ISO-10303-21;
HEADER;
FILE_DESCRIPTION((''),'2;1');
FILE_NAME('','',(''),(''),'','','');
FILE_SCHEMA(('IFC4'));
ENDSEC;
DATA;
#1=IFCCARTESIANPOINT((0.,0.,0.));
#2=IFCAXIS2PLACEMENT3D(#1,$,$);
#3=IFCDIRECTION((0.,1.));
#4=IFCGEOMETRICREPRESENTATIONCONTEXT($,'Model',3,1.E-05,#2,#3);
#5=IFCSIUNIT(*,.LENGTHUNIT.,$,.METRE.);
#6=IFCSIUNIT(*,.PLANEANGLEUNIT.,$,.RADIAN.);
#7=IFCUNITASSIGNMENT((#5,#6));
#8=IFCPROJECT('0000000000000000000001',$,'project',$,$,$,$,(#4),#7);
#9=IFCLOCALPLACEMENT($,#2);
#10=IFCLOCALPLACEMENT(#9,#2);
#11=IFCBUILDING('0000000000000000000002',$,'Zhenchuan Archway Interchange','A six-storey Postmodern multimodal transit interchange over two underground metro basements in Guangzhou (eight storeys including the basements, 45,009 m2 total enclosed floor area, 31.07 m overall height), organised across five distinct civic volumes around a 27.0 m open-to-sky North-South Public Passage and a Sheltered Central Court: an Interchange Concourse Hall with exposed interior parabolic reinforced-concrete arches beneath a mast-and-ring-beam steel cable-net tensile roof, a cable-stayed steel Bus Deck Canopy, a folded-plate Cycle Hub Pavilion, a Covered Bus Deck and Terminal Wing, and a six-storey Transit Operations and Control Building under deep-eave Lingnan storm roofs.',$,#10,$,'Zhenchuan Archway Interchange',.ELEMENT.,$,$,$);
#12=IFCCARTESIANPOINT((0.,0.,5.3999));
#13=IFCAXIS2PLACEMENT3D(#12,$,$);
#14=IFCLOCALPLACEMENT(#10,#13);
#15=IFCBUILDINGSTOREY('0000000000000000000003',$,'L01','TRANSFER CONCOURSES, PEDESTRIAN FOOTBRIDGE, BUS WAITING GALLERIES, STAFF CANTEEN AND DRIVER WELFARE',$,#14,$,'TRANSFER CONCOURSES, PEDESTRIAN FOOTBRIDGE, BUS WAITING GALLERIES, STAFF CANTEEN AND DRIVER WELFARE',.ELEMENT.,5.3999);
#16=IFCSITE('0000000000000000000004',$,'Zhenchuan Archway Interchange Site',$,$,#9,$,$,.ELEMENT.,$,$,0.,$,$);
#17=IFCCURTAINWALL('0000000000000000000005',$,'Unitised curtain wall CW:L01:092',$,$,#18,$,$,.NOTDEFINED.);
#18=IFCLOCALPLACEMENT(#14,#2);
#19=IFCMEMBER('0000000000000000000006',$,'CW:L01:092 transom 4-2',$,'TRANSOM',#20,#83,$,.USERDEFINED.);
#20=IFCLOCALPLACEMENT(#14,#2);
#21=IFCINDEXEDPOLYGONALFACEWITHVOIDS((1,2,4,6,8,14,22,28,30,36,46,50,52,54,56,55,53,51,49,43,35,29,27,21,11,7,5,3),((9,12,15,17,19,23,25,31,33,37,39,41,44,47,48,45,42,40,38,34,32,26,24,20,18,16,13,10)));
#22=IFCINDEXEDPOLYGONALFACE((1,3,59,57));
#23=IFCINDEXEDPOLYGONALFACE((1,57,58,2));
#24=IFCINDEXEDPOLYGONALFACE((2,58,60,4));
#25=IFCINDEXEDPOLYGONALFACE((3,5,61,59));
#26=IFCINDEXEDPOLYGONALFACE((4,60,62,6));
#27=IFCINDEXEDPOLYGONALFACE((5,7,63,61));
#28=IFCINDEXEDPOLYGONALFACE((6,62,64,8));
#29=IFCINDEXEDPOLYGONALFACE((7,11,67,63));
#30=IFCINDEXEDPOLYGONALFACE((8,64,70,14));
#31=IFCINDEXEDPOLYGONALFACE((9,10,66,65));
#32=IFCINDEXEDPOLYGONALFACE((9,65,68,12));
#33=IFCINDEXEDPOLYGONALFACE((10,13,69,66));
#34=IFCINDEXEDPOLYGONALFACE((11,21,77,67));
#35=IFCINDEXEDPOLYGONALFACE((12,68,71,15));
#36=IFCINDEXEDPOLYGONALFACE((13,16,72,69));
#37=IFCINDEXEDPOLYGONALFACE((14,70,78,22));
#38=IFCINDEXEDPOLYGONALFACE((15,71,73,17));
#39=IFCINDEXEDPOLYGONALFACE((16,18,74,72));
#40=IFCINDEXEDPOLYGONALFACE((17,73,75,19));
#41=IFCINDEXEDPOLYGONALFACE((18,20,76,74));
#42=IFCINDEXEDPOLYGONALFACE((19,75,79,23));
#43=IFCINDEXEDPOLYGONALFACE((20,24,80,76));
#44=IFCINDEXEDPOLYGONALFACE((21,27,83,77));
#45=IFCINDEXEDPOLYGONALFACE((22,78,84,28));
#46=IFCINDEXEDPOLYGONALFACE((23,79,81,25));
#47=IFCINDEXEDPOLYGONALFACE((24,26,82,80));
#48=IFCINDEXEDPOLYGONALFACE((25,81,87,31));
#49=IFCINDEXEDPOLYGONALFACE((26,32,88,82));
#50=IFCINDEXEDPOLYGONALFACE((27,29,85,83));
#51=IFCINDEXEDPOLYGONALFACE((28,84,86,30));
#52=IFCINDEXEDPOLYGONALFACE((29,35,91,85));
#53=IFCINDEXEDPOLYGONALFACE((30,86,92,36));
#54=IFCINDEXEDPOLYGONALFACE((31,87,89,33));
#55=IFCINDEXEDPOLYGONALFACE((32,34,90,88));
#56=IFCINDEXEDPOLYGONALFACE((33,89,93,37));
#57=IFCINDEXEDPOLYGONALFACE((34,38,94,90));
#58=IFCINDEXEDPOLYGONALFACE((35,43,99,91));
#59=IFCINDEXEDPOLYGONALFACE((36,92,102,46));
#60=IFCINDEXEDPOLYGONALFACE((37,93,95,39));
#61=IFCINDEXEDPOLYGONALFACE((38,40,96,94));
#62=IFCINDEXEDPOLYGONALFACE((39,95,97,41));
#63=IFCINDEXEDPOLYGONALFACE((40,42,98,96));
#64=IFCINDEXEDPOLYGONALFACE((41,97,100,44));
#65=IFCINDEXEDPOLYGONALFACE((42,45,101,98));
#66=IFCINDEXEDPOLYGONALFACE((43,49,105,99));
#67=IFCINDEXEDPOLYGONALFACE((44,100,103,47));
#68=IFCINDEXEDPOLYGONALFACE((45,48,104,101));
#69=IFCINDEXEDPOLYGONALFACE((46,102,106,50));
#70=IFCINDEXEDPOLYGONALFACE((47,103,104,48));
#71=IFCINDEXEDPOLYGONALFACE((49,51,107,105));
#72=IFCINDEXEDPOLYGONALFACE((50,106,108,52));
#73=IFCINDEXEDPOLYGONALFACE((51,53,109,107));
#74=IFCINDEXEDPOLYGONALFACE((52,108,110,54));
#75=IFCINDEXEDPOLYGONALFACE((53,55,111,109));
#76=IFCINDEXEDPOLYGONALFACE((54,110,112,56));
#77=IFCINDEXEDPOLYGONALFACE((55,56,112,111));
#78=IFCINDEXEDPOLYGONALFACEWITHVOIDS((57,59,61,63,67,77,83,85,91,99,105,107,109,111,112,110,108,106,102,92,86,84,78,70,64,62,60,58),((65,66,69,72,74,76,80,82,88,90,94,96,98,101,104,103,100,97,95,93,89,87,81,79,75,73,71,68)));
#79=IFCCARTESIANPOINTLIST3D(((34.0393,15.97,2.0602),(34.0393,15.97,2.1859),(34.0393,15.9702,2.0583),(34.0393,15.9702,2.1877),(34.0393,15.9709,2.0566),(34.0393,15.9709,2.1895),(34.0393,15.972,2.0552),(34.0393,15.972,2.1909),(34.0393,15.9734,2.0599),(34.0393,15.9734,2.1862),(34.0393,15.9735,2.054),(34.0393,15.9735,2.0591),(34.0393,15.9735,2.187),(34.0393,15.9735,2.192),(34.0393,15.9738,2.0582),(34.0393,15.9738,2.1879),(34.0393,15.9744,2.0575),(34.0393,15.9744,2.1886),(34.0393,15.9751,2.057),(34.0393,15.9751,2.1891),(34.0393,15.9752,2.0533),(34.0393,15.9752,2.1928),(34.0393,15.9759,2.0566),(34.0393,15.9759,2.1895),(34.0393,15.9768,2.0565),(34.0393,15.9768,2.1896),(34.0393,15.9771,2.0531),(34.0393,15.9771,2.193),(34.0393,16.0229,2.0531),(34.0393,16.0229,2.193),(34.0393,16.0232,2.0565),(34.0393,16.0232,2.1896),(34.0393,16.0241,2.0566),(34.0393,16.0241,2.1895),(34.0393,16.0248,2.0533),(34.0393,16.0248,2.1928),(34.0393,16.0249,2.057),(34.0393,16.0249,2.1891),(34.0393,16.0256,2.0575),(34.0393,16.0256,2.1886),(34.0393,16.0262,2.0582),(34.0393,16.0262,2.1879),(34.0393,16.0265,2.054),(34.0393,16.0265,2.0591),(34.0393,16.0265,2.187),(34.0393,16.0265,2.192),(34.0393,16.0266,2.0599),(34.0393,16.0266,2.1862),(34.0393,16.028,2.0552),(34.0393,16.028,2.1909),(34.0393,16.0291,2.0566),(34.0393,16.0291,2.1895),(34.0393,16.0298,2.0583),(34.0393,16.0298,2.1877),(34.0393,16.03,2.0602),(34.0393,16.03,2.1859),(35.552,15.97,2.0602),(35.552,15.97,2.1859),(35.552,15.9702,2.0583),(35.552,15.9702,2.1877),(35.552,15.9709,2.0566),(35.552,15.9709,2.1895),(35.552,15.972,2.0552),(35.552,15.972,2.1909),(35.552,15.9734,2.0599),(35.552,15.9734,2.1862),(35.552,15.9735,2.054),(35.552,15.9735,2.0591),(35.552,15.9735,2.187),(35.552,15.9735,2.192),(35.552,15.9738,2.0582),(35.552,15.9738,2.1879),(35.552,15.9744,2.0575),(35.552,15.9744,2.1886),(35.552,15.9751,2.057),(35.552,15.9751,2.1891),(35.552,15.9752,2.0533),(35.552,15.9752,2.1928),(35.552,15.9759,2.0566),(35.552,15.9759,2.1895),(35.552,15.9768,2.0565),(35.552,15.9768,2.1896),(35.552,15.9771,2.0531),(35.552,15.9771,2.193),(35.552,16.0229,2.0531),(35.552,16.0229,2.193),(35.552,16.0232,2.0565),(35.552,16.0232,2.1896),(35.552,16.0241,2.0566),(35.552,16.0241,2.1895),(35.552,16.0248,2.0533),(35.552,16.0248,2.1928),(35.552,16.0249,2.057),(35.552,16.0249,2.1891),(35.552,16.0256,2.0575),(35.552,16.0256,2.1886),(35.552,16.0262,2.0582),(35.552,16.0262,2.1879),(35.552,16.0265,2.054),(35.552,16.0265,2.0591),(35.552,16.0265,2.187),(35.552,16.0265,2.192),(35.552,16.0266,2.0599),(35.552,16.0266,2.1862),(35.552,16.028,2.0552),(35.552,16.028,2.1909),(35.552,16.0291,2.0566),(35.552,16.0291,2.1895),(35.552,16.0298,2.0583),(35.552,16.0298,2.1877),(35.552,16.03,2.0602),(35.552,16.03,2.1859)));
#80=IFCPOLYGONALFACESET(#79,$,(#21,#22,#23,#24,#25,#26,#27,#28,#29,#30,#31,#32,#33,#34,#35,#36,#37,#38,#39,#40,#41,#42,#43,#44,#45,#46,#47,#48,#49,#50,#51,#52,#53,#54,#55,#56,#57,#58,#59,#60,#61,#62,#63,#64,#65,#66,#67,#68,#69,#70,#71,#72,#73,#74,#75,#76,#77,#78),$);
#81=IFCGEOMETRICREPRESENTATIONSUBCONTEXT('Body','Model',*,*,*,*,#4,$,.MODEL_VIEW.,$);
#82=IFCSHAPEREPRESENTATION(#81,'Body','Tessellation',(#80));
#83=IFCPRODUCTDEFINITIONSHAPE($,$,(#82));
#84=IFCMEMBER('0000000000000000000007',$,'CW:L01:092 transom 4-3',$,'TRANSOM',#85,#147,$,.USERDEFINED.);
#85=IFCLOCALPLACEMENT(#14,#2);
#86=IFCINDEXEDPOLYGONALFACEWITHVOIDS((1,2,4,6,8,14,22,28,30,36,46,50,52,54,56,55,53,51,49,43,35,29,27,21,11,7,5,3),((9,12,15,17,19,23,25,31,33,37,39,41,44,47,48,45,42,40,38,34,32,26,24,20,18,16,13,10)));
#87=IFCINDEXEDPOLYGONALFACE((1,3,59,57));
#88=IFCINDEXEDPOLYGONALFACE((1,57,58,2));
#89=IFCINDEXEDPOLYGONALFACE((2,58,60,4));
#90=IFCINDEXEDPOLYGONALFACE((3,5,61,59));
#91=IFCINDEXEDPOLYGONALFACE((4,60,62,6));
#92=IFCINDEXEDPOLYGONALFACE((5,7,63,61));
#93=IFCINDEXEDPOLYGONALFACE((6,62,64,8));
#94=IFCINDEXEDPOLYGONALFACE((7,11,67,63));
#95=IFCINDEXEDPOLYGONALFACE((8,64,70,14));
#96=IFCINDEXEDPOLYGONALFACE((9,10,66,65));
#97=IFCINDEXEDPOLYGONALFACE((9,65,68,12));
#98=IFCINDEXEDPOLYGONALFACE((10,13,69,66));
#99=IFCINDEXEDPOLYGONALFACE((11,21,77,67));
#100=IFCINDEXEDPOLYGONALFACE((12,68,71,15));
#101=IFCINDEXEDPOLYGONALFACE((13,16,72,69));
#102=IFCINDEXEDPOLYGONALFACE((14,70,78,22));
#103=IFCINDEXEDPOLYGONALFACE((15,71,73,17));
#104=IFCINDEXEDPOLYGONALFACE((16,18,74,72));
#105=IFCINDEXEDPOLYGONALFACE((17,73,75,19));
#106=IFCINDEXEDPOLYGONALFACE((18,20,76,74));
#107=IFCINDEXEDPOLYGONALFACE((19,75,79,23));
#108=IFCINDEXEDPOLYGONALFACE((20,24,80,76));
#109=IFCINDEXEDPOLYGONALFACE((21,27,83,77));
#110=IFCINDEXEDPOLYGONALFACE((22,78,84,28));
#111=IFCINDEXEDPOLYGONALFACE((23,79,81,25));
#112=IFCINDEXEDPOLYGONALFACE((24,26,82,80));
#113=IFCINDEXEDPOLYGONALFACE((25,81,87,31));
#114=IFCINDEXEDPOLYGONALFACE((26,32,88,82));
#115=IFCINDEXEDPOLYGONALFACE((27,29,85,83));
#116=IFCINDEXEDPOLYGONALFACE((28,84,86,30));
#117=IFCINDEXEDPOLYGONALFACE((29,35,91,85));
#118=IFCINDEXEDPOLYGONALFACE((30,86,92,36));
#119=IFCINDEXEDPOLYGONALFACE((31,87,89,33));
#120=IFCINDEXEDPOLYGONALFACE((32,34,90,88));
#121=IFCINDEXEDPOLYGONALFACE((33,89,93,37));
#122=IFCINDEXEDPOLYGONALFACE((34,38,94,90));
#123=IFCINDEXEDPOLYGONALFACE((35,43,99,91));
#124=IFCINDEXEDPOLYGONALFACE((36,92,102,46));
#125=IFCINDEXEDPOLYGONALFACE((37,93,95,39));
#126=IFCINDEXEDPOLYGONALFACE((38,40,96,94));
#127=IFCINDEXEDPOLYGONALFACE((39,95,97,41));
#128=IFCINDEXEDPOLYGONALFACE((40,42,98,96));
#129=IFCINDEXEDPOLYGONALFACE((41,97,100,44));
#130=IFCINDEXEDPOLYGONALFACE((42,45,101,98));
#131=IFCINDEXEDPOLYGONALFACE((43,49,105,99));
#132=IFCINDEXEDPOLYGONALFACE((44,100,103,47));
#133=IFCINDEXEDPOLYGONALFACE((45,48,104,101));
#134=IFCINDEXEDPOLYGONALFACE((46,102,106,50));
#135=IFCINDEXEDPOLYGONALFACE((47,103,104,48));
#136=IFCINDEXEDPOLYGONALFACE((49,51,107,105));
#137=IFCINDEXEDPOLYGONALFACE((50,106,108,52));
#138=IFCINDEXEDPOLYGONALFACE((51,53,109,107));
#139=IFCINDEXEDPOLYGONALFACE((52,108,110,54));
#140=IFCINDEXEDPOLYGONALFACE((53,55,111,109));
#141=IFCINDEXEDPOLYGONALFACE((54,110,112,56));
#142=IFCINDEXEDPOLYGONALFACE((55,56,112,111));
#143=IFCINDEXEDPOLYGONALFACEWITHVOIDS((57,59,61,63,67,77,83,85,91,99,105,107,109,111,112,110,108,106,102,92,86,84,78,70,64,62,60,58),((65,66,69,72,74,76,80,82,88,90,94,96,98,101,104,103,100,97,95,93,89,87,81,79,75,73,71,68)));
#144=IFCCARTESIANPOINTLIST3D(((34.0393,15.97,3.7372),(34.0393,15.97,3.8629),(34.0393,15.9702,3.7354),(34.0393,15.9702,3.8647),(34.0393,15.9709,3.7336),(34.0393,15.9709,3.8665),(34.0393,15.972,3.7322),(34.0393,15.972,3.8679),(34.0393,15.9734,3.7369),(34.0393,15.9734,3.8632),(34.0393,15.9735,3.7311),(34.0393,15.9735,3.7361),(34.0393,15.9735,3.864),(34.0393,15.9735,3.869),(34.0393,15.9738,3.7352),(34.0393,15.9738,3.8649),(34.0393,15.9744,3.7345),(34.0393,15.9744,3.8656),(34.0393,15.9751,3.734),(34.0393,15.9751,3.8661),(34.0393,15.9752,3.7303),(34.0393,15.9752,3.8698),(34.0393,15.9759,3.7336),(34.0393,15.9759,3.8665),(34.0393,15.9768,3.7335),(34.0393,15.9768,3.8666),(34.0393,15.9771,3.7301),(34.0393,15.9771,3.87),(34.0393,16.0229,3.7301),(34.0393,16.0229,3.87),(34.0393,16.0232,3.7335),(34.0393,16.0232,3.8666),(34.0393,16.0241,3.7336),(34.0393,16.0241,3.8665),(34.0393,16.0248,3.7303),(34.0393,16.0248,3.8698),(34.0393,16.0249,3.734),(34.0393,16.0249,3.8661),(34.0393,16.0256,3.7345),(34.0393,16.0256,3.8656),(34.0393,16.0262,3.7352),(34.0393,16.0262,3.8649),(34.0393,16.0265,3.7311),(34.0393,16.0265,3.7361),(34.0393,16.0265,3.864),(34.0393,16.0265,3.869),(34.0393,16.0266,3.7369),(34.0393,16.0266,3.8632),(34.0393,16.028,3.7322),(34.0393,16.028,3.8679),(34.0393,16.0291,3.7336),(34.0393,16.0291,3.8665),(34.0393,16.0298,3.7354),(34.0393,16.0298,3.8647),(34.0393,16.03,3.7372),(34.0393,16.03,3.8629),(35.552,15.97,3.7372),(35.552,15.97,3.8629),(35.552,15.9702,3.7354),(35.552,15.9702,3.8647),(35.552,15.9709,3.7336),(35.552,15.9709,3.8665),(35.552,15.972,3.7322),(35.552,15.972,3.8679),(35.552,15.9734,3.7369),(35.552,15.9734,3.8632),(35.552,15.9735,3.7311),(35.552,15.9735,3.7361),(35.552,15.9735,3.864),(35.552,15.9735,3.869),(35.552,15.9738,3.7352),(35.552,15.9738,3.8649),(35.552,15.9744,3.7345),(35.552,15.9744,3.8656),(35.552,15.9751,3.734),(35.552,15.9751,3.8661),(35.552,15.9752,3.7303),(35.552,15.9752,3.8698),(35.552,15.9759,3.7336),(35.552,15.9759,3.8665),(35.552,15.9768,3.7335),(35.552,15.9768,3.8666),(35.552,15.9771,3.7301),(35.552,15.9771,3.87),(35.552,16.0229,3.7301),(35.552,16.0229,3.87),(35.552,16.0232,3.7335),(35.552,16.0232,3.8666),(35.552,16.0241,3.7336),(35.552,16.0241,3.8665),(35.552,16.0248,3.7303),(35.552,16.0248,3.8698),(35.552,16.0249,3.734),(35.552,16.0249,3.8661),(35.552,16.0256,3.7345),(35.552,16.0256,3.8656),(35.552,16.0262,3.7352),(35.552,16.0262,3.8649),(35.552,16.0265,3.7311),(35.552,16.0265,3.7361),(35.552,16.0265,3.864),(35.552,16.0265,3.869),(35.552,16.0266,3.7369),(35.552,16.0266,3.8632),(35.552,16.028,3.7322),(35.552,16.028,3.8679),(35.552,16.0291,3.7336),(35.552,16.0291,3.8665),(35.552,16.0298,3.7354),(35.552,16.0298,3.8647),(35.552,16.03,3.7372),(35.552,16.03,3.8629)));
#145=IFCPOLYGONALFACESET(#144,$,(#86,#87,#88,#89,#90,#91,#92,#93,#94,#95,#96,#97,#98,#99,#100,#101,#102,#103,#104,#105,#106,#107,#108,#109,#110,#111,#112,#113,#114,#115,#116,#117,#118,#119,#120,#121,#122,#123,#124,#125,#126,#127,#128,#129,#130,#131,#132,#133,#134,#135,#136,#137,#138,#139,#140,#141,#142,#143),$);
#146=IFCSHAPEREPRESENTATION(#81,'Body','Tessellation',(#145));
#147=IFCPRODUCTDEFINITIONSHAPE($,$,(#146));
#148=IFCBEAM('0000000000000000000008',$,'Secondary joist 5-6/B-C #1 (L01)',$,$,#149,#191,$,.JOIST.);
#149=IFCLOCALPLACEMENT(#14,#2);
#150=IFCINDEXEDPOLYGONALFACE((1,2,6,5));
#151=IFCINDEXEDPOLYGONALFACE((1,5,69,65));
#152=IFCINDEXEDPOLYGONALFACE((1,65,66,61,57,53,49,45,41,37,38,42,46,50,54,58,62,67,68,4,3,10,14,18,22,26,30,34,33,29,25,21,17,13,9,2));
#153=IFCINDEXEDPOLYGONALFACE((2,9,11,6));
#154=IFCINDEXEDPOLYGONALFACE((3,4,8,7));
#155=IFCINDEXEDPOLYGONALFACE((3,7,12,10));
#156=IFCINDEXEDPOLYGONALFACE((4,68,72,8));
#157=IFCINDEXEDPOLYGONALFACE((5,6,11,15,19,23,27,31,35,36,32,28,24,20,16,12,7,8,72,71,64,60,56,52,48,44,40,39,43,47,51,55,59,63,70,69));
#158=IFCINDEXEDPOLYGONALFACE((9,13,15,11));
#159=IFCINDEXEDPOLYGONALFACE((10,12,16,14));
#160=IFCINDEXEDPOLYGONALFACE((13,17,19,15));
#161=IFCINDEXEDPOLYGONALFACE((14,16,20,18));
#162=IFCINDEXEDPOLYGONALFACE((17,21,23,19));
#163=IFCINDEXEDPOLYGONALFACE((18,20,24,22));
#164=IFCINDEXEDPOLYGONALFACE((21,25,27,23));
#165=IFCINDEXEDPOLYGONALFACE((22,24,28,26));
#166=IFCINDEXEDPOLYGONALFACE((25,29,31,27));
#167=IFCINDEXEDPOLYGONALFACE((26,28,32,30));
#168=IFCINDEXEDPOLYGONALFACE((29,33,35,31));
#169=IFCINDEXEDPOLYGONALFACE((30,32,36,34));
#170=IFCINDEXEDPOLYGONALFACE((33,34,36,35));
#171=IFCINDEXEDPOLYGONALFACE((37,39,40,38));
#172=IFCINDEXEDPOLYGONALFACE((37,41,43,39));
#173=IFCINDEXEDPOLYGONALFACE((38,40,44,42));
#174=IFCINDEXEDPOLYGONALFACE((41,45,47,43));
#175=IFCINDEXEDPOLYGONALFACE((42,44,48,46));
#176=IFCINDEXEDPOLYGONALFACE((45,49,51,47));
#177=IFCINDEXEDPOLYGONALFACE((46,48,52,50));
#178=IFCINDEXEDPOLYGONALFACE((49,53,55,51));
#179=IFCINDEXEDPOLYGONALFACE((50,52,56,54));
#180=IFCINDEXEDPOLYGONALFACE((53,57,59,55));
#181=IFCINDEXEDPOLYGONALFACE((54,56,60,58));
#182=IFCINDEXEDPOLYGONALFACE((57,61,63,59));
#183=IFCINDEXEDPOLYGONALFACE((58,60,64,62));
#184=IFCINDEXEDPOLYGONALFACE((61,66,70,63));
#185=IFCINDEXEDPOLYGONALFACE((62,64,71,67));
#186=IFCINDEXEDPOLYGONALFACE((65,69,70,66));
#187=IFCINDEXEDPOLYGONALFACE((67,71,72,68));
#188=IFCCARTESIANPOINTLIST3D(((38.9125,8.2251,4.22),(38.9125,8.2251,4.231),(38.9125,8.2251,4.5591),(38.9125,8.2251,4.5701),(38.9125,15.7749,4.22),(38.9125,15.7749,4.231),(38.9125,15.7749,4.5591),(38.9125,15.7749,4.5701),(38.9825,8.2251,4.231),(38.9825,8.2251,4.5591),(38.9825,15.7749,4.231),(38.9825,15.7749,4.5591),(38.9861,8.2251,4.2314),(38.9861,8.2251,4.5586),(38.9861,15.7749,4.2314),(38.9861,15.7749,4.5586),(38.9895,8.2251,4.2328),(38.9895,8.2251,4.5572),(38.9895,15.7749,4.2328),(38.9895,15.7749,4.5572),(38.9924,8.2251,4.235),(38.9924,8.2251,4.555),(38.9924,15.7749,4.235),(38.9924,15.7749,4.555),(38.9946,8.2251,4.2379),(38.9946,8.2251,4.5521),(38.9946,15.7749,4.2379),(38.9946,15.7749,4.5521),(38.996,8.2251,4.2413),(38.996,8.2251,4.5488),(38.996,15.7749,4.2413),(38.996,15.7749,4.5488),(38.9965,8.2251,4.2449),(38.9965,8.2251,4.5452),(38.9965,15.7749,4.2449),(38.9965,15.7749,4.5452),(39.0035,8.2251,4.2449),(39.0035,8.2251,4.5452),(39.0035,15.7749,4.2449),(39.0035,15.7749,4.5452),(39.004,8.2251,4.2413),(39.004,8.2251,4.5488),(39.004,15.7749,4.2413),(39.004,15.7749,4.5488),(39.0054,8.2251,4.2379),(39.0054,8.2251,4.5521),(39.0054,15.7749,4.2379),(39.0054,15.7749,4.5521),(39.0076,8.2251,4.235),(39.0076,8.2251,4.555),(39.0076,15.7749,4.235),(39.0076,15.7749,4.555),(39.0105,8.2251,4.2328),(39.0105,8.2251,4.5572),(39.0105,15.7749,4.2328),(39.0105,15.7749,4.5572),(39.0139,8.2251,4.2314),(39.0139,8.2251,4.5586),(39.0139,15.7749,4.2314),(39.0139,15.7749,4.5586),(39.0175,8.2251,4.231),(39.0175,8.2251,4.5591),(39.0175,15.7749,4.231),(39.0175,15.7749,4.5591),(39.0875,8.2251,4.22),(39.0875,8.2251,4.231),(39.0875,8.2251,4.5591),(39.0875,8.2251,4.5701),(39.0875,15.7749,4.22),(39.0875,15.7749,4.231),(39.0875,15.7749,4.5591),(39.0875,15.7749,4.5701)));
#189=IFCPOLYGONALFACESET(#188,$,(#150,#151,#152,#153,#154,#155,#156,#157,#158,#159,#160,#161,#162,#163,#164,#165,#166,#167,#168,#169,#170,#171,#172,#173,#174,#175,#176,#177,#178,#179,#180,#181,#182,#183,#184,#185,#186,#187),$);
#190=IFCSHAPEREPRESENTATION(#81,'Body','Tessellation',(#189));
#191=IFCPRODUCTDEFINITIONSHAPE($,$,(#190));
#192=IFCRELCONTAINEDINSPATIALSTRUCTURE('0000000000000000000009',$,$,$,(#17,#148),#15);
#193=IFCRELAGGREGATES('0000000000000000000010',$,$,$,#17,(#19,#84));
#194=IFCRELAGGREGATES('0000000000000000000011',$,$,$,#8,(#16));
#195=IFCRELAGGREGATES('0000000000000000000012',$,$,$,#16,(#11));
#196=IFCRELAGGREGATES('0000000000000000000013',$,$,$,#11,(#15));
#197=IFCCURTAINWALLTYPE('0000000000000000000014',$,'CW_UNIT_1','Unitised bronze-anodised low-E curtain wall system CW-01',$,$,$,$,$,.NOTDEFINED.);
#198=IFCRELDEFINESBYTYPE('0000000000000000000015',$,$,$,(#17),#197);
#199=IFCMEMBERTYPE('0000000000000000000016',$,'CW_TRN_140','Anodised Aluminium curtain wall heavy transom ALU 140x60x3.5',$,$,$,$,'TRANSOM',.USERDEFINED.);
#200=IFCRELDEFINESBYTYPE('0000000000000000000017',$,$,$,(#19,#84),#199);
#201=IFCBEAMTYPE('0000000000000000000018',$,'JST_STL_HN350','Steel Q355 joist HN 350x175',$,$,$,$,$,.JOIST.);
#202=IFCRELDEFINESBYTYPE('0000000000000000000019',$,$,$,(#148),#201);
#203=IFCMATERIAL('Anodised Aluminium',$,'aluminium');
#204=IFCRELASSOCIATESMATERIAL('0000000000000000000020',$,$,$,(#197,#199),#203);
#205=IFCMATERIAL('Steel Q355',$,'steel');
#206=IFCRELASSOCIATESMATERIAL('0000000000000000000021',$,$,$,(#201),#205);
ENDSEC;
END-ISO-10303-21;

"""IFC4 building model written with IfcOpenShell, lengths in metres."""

from ifc_helpers import new_model, si_unit, direction, frame, origin, origin_2d, place, context, subcontext, project, spatial, hollow_rectangle, i_section, extrude, material, material_profile, profile_set, type_object, element, aggregate, save


model = new_model("IFC4")

# Units and contexts
model_context = context("Model", 3, precision=1e-05, world=origin(), true_north=direction((0.0, 1.0)))
body_context = subcontext(model_context, "Body", "Model", "MODEL_VIEW")
ifc_project = project(units=[si_unit("LENGTHUNIT", "METRE"), si_unit("PLANEANGLEUNIT", "RADIAN")], contexts=[model_context])

# Site, building, storey
site_placement = place(None, origin())
site = spatial("IfcSite", under=ifc_project, at=site_placement, Name="Zhenchuan Archway Interchange Site", CompositionType="ELEMENT", RefElevation=0.0)
building_placement = place(site_placement, origin())
building = spatial("IfcBuilding", under=site, at=building_placement, Name="Zhenchuan Archway Interchange", Description="A six-storey Postmodern multimodal transit interchange over two underground metro basements in Guangzhou (eight storeys including the basements, 45,009 m2 total enclosed floor area, 31.07 m overall height), organised across five distinct civic volumes around a 27.0 m open-to-sky North-South Public Passage and a Sheltered Central Court: an Interchange Concourse Hall with exposed interior parabolic reinforced-concrete arches beneath a mast-and-ring-beam steel cable-net tensile roof, a cable-stayed steel Bus Deck Canopy, a folded-plate Cycle Hub Pavilion, a Covered Bus Deck and Terminal Wing, and a six-storey Transit Operations and Control Building under deep-eave Lingnan storm roofs.", LongName="Zhenchuan Archway Interchange", CompositionType="ELEMENT")
storey_placement = place(building_placement, frame((0.0, 0.0, 5.3999)))
storey = spatial("IfcBuildingStorey", under=building, at=storey_placement, Name="L01", Description="TRANSFER CONCOURSES, PEDESTRIAN FOOTBRIDGE, BUS WAITING GALLERIES, STAFF CANTEEN AND DRIVER WELFARE", LongName="TRANSFER CONCOURSES, PEDESTRIAN FOOTBRIDGE, BUS WAITING GALLERIES, STAFF CANTEEN AND DRIVER WELFARE", CompositionType="ELEMENT", Elevation=5.3999)

# Shared definitions
ifc_material_1 = material(Name="Anodised Aluminium", Category="aluminium")

# Curtain wall
curtain_wall_type_1 = type_object("IfcCurtainWallType", Name="CW_UNIT_1", Description="Unitised bronze-anodised low-E curtain wall system CW-01", PredefinedType="NOTDEFINED", material=ifc_material_1)
curtain_wall_1_placement = place(storey_placement, origin())
curtain_wall_1 = element("IfcCurtainWall", 1, at=curtain_wall_1_placement, inside=storey, type_object=curtain_wall_type_1, Name="Unitised curtain wall CW:L01:092", PredefinedType="NOTDEFINED")

# Members
ifc_material_profile_1 = material_profile(ifc_material_1, hollow_rectangle(XDim=0.0601, YDim=0.1399, WallThickness=0.0034, InnerFilletRadius=0.0034, OuterFilletRadius=0.0071, at=origin_2d()), Name="ALU 140x60x3.5")
ifc_profile_set_1 = profile_set([ifc_material_profile_1], Name="Anodised Aluminium")
member_type_1 = type_object("IfcMemberType", Name="CW_TRN_140", Description="Anodised Aluminium curtain wall heavy transom ALU 140x60x3.5", ElementType="TRANSOM", PredefinedType="USERDEFINED", material=ifc_profile_set_1)
member_1_placement = place(storey_placement, frame((34.0393, 16.0, 2.123), z_axis=(1.0, 0.0, 0.0), x_axis=(0.0, 1.0, 0.0)))
member_1 = element("IfcMember", 2, at=member_1_placement, type_object=member_type_1, Name="CW:L01:092 transom 4-2", ObjectType="TRANSOM", PredefinedType="USERDEFINED", context=body_context, shape_type="SweptSolid", body=[
    extrude(hollow_rectangle(XDim=0.0601, YDim=0.1399, WallThickness=0.0034, InnerFilletRadius=0.0034, OuterFilletRadius=0.0071, at=origin_2d()), origin(), (0.0, 0.0, 1.0), 1.5127),
])
member_2_placement = place(storey_placement, frame((34.0393, 16.0, 3.8), z_axis=(1.0, 0.0, 0.0), x_axis=(0.0, 1.0, 0.0)))
member_2 = element("IfcMember", 3, at=member_2_placement, type_object=member_type_1, Name="CW:L01:092 transom 4-3", ObjectType="TRANSOM", PredefinedType="USERDEFINED", context=body_context, shape_type="SweptSolid", body=[
    extrude(hollow_rectangle(XDim=0.0601, YDim=0.1399, WallThickness=0.0034, InnerFilletRadius=0.0034, OuterFilletRadius=0.0071, at=origin_2d()), origin(), (0.0, 0.0, 1.0), 1.5127),
])

# Beam
ifc_material_2 = material(Name="Steel Q355", Category="steel")
ifc_material_profile_2 = material_profile(ifc_material_2, i_section(OverallWidth=0.175, OverallDepth=0.3501, WebThickness=0.0071, FlangeThickness=0.011, FilletRadius=0.0139, at=origin_2d()), Name="HN 350x175")
ifc_profile_set_2 = profile_set([ifc_material_profile_2], Name="Steel Q355")
beam_type_1 = type_object("IfcBeamType", Name="JST_STL_HN350", Description="Steel Q355 joist HN 350x175", PredefinedType="JOIST", material=ifc_profile_set_2)
for number, where, z_axis, x_axis, name in (
    (4, (39.0, 8.2251, 4.395), (0.0, 1.0, 0.0), (-1.0, 0.0, 0.0), "Secondary joist 5-6/B-C #1 (L01)"),
):
    element("IfcBeam", number, at=place(storey_placement, frame(where, z_axis=z_axis, x_axis=x_axis)), inside=storey, type_object=beam_type_1, Name=name, PredefinedType="JOIST", context=body_context, shape_type="SweptSolid", body=[
        extrude(i_section(OverallWidth=0.175, OverallDepth=0.3501, WebThickness=0.0071, FlangeThickness=0.011, FilletRadius=0.0139, at=origin_2d()), origin(), (0.0, 0.0, 1.0), 7.5498),
    ])

aggregate(curtain_wall_1, [member_1, member_2])

save(model, "model.ifc")
